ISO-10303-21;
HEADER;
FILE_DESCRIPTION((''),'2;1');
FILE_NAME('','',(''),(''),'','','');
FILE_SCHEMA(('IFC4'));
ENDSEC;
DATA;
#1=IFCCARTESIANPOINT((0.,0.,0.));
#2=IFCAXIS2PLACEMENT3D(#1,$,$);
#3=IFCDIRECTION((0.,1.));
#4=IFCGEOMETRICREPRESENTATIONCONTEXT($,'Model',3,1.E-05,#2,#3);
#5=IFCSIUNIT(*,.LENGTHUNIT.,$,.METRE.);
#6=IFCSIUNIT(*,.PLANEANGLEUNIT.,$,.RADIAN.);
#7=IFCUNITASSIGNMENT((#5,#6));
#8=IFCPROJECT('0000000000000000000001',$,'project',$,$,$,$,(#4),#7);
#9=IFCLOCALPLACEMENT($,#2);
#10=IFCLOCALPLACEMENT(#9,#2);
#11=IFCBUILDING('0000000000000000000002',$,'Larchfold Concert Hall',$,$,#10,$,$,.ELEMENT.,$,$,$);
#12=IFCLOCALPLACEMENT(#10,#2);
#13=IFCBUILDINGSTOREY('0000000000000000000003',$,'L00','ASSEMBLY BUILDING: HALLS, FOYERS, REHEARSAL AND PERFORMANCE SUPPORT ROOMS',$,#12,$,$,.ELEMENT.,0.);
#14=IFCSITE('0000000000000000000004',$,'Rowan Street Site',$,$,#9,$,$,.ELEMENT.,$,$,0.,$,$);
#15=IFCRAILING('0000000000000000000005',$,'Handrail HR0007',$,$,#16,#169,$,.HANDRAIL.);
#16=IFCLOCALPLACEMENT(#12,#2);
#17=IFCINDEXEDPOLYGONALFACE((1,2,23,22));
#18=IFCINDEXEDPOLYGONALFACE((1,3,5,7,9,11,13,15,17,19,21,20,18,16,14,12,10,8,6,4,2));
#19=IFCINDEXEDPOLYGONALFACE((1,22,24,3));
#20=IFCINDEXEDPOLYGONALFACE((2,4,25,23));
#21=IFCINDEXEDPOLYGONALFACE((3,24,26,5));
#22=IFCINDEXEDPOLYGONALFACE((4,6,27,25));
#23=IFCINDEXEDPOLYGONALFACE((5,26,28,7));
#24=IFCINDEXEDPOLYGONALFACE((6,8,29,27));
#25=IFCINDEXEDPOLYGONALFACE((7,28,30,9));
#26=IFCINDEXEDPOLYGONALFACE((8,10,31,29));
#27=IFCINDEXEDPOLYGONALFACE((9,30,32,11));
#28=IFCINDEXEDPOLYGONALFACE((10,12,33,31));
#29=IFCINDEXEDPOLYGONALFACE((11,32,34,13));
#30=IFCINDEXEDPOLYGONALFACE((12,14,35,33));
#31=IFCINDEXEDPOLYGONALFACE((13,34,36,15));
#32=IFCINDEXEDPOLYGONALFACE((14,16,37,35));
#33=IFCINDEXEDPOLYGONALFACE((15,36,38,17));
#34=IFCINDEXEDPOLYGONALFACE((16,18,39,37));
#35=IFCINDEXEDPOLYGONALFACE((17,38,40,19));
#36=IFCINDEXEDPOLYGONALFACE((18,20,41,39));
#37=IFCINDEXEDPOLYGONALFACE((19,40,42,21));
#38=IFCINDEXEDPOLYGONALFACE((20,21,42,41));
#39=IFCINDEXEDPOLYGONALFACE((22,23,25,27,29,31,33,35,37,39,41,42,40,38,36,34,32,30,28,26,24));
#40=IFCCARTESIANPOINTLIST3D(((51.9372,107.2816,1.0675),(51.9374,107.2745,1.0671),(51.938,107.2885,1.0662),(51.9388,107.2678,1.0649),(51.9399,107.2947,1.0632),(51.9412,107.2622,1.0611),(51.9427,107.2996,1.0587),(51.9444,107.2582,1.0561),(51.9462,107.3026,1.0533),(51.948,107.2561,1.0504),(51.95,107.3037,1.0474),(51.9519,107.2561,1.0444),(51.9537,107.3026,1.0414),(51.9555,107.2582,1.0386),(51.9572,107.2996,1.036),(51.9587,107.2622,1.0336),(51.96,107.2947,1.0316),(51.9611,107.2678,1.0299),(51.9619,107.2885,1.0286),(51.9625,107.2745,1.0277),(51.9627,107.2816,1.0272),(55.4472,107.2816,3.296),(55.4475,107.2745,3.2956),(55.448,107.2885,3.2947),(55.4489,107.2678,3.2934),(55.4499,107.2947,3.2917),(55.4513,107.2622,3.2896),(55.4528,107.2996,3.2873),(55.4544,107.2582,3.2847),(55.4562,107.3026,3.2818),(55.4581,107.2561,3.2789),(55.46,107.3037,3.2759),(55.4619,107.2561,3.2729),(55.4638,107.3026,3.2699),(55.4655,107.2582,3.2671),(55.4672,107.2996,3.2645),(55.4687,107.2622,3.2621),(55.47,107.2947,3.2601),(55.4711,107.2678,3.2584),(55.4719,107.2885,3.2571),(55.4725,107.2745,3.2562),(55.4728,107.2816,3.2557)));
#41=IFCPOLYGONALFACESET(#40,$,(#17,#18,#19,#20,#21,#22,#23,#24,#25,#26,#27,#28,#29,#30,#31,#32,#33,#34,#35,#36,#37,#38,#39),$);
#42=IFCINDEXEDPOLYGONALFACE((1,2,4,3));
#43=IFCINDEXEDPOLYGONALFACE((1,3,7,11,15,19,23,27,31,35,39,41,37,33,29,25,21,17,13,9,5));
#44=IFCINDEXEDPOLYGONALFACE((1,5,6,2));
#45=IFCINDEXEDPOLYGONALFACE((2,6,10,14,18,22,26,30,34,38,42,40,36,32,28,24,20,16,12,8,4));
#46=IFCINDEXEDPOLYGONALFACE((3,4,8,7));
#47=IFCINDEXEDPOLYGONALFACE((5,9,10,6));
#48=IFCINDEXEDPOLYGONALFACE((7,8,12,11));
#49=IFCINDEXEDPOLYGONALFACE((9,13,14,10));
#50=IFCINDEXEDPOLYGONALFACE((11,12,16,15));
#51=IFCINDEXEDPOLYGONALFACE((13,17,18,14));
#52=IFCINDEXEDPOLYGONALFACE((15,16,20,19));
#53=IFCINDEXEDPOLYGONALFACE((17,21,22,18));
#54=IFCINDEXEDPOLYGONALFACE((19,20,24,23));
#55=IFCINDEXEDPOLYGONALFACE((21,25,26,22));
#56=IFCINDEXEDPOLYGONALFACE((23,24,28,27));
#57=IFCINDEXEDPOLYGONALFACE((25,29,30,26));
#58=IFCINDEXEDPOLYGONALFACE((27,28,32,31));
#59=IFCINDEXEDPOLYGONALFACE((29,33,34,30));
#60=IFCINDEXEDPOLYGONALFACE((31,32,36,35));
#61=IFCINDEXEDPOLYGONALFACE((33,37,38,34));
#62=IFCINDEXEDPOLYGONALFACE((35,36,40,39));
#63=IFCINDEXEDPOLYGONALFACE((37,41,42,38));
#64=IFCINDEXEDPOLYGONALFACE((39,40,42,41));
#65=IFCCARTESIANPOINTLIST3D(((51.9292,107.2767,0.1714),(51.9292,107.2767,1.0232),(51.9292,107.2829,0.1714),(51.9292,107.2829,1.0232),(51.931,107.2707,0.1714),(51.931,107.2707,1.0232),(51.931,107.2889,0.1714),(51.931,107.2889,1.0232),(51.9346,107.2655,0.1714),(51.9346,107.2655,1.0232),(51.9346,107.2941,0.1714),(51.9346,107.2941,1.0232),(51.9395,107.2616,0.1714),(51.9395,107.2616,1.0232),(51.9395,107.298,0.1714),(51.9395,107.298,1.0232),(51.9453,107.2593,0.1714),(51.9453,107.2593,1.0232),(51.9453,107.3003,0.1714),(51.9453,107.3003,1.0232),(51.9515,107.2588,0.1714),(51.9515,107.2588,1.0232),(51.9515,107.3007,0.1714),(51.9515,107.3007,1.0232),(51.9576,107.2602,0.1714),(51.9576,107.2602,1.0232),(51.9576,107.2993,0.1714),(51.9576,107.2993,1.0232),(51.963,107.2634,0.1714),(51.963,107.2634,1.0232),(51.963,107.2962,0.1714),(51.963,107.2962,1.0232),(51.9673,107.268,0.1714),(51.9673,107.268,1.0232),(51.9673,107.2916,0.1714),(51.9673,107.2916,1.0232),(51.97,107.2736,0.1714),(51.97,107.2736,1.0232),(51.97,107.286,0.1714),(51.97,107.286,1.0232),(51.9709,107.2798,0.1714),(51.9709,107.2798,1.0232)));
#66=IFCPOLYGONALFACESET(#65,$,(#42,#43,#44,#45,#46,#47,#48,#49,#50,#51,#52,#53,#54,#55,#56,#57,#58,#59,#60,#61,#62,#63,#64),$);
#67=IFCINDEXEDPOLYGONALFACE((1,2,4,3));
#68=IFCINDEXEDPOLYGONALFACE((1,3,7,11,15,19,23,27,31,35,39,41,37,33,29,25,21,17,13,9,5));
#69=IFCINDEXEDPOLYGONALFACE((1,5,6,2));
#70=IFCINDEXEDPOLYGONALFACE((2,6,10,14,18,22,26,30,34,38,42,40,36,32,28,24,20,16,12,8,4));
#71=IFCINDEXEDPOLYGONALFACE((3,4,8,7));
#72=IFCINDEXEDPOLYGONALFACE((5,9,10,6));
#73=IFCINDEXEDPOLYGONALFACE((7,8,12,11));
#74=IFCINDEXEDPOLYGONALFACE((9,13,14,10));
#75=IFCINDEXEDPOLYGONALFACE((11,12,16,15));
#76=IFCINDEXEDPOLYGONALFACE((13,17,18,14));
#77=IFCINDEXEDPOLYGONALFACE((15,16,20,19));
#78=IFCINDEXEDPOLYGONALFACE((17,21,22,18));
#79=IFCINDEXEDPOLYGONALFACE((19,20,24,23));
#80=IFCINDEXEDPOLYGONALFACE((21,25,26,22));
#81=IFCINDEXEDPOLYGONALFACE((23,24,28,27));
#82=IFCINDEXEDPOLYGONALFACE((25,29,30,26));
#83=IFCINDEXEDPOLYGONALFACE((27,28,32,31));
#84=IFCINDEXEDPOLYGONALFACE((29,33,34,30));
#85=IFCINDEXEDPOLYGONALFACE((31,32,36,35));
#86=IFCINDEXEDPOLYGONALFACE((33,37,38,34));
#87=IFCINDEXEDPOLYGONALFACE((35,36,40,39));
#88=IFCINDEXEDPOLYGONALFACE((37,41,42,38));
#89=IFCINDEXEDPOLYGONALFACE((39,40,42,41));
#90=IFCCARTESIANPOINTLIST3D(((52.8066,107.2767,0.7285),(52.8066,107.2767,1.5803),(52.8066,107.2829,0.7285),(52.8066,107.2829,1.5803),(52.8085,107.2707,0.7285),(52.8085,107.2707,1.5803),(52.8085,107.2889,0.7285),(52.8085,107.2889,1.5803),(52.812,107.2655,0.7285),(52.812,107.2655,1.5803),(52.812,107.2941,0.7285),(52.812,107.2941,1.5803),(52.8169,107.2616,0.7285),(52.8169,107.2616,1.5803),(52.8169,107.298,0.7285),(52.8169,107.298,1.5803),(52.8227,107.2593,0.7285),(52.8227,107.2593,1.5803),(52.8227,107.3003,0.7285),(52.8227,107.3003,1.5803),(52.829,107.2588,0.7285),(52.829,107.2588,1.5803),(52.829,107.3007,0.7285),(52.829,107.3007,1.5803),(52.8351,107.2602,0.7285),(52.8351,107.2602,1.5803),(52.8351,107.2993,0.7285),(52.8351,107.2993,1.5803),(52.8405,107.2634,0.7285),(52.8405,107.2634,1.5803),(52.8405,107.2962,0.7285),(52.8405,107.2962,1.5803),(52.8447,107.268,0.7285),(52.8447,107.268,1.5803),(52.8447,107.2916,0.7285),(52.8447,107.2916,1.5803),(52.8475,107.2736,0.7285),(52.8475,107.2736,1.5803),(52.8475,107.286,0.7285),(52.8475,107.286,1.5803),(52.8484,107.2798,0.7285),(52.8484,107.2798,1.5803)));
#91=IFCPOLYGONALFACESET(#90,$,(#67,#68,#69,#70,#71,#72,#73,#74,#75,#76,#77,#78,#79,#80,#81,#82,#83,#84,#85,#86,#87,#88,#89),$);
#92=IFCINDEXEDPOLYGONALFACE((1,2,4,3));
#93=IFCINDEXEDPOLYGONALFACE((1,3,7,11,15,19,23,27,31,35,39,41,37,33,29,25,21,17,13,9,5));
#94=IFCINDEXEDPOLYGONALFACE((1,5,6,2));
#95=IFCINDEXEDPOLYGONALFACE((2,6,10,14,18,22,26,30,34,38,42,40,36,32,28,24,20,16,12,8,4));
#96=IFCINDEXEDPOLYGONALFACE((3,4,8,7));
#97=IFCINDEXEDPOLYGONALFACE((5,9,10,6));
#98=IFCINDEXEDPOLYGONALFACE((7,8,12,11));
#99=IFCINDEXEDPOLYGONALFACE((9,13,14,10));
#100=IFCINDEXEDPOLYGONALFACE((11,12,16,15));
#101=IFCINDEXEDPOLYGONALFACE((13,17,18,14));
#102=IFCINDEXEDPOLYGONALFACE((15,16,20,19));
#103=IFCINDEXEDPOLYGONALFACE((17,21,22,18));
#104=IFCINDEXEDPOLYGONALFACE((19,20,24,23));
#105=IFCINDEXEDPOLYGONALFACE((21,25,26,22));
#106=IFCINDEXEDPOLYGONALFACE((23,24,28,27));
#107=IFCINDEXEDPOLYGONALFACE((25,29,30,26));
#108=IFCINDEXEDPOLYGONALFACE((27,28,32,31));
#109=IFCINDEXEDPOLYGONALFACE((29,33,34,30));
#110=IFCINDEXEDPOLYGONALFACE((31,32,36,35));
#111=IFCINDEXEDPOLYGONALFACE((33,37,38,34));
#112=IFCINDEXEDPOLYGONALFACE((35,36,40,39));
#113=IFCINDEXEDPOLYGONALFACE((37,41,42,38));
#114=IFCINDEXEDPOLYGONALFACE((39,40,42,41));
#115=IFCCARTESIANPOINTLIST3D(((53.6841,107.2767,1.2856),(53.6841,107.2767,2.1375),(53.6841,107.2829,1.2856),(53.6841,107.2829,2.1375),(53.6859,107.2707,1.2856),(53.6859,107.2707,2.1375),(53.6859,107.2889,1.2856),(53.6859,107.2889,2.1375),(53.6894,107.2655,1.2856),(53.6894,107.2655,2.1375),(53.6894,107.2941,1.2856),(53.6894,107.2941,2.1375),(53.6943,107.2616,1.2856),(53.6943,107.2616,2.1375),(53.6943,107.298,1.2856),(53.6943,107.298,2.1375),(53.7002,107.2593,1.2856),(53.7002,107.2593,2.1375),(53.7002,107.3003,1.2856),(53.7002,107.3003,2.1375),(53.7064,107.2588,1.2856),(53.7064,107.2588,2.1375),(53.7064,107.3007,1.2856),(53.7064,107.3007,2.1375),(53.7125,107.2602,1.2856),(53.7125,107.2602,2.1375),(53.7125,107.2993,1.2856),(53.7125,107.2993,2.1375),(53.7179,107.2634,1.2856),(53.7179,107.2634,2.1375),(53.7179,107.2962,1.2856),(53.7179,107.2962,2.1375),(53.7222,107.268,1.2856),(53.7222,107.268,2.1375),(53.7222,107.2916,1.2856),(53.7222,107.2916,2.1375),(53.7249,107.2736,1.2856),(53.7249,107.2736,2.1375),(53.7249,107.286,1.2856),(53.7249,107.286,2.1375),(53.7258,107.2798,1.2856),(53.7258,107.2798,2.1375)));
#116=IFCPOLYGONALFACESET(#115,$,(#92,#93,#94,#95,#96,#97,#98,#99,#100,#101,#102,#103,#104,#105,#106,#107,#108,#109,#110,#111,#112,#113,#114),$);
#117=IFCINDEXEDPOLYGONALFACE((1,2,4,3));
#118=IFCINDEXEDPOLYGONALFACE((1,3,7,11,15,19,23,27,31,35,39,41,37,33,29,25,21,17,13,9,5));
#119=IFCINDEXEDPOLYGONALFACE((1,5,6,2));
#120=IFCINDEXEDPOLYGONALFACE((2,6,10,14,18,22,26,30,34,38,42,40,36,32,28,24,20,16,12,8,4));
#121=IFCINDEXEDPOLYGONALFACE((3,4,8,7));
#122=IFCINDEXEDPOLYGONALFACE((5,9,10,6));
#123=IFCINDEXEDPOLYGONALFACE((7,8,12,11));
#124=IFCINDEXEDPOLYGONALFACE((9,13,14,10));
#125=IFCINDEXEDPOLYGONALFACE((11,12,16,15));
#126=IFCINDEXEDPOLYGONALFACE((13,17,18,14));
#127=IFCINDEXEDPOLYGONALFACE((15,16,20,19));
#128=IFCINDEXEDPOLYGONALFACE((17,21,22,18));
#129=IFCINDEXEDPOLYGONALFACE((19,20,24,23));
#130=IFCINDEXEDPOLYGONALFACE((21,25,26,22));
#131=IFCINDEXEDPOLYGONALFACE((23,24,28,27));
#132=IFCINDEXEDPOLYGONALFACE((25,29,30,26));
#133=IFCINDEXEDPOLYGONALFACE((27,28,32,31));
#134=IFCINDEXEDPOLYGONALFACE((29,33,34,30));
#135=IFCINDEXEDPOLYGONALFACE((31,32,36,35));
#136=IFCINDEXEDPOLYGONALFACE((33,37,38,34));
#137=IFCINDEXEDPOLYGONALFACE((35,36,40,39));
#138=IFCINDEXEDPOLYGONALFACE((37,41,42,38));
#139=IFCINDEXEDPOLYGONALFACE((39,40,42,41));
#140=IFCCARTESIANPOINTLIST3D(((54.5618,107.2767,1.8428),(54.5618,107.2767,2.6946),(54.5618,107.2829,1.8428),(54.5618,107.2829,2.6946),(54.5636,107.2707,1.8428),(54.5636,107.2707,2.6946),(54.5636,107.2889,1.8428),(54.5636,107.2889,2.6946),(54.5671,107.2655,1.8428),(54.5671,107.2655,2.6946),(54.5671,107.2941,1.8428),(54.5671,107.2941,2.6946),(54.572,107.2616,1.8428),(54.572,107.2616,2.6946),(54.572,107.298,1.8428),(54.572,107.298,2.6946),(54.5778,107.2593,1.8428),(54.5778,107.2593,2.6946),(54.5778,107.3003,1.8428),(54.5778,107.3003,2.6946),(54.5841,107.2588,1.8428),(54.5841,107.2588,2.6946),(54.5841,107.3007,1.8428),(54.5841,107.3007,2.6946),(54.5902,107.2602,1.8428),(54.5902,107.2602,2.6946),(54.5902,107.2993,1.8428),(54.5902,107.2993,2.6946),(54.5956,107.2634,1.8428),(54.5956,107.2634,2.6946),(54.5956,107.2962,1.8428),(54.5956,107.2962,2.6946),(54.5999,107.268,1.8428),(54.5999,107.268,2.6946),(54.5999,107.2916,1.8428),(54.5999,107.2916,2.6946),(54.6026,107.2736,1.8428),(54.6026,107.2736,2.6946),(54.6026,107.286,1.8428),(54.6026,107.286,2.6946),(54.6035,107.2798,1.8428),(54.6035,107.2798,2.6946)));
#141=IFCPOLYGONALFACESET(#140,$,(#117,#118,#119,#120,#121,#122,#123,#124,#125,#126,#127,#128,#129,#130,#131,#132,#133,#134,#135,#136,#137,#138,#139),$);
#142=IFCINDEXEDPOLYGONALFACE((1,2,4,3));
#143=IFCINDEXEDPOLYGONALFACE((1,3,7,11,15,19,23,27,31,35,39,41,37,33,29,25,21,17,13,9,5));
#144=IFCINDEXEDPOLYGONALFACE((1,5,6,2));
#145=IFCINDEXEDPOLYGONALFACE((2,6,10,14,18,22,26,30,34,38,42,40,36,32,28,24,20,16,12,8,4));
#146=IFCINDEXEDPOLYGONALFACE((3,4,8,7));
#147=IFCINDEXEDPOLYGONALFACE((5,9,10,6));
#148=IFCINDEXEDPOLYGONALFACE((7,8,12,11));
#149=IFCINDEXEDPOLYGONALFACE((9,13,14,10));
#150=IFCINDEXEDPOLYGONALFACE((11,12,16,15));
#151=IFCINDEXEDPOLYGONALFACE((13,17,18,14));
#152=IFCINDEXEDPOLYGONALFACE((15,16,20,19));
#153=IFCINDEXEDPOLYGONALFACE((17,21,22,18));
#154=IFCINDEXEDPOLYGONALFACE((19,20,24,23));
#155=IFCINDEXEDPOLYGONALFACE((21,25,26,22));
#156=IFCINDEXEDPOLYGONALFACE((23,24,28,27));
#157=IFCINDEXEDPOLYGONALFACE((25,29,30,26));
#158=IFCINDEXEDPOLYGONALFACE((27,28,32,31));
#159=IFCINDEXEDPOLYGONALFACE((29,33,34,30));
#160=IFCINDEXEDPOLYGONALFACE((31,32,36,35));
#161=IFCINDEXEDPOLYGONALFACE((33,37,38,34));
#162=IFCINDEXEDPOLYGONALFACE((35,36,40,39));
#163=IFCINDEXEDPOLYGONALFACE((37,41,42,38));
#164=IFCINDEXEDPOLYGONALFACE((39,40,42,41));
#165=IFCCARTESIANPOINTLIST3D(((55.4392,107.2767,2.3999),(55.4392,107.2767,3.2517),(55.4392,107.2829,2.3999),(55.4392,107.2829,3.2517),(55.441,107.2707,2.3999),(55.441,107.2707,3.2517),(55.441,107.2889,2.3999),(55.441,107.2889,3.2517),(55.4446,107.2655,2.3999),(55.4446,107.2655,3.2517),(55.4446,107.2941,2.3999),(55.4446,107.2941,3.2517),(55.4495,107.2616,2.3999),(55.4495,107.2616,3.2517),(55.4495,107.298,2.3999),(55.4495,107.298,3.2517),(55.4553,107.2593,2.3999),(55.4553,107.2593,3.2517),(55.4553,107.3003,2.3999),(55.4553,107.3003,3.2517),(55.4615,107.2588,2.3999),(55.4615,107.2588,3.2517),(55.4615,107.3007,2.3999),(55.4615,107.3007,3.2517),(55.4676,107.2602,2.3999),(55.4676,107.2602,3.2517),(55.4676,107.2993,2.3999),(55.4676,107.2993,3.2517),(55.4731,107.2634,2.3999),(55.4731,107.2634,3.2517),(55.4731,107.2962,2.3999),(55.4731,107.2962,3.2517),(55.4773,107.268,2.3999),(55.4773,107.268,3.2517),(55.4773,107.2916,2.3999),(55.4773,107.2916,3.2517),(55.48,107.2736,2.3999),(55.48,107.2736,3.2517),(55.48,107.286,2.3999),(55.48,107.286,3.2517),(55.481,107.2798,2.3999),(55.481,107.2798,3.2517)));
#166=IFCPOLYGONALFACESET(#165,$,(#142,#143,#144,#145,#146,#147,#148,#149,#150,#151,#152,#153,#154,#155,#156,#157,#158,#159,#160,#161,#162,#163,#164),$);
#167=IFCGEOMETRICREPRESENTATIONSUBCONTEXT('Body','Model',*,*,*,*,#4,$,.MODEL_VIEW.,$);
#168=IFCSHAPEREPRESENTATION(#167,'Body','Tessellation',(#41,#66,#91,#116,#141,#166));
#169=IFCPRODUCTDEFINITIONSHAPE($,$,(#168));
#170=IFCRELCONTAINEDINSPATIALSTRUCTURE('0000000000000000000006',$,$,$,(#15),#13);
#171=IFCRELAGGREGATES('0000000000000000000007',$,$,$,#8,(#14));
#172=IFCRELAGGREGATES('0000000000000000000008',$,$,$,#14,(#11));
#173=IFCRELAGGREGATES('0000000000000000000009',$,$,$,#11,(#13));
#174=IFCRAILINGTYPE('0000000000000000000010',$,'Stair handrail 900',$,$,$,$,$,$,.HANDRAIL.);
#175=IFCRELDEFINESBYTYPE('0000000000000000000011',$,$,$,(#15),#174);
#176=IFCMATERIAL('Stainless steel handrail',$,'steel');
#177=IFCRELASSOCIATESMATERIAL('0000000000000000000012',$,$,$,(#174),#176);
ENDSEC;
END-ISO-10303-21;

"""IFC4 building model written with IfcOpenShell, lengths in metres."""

from ifc_helpers import new_model, si_unit, direction, frame, origin, origin_2d, place, context, subcontext, project, spatial, circle, extrude, material, type_object, element, save


model = new_model("IFC4")

# Units and contexts
model_context = context("Model", 3, precision=1e-05, world=origin(), true_north=direction((0.0, 1.0)))
body_context = subcontext(model_context, "Body", "Model", "MODEL_VIEW")
ifc_project = project(units=[si_unit("LENGTHUNIT", "METRE"), si_unit("PLANEANGLEUNIT", "RADIAN")], contexts=[model_context])

# Site, building, storey
site_placement = place(None, origin())
site = spatial("IfcSite", under=ifc_project, at=site_placement, Name="Rowan Street Site", CompositionType="ELEMENT", RefElevation=0.0)
building_placement = place(site_placement, origin())
building = spatial("IfcBuilding", under=site, at=building_placement, Name="Larchfold Concert Hall", CompositionType="ELEMENT")
storey_placement = place(building_placement, origin())
storey = spatial("IfcBuildingStorey", under=building, at=storey_placement, Name="L00", Description="ASSEMBLY BUILDING: HALLS, FOYERS, REHEARSAL AND PERFORMANCE SUPPORT ROOMS", CompositionType="ELEMENT", Elevation=0.0)

# Railing
ifc_material_1 = material(Name="Stainless steel handrail", Category="steel")
railing_type_1 = type_object("IfcRailingType", Name="Stair handrail 900", PredefinedType="HANDRAIL", material=ifc_material_1)
for number, where, name in (
    (1, (51.95, 107.2798, 0.1714), "Handrail HR0007"),
):
    element("IfcRailing", number, at=place(storey_placement, frame(where)), inside=storey, type_object=railing_type_1, Name=name, PredefinedType="HANDRAIL", context=body_context, shape_type="SweptSolid", body=[
        extrude(circle(Radius=0.0239, at=origin_2d()), frame((0.0, 0.0, 0.876), z_axis=(0.84422, 0.0, 0.535998), x_axis=(0.0, 1.0, 0.0)), (0.0, 0.0, 1.0), 4.1577),
        extrude(circle(Radius=0.021, at=origin_2d()), origin(), (0.0, 0.0, 1.0), 0.8518),
        extrude(circle(Radius=0.021, at=origin_2d()), frame((0.8774, 0.0, 0.5571)), (0.0, 0.0, 1.0), 0.8518),
        extrude(circle(Radius=0.021, at=origin_2d()), frame((1.7549, 0.0, 1.1143)), (0.0, 0.0, 1.0), 0.8518),
        extrude(circle(Radius=0.021, at=origin_2d()), frame((2.6326, 0.0, 1.6714)), (0.0, 0.0, 1.0), 0.8518),
        extrude(circle(Radius=0.021, at=origin_2d()), frame((3.51, 0.0, 2.2285)), (0.0, 0.0, 1.0), 0.8518),
    ])

save(model, "model.ifc")
